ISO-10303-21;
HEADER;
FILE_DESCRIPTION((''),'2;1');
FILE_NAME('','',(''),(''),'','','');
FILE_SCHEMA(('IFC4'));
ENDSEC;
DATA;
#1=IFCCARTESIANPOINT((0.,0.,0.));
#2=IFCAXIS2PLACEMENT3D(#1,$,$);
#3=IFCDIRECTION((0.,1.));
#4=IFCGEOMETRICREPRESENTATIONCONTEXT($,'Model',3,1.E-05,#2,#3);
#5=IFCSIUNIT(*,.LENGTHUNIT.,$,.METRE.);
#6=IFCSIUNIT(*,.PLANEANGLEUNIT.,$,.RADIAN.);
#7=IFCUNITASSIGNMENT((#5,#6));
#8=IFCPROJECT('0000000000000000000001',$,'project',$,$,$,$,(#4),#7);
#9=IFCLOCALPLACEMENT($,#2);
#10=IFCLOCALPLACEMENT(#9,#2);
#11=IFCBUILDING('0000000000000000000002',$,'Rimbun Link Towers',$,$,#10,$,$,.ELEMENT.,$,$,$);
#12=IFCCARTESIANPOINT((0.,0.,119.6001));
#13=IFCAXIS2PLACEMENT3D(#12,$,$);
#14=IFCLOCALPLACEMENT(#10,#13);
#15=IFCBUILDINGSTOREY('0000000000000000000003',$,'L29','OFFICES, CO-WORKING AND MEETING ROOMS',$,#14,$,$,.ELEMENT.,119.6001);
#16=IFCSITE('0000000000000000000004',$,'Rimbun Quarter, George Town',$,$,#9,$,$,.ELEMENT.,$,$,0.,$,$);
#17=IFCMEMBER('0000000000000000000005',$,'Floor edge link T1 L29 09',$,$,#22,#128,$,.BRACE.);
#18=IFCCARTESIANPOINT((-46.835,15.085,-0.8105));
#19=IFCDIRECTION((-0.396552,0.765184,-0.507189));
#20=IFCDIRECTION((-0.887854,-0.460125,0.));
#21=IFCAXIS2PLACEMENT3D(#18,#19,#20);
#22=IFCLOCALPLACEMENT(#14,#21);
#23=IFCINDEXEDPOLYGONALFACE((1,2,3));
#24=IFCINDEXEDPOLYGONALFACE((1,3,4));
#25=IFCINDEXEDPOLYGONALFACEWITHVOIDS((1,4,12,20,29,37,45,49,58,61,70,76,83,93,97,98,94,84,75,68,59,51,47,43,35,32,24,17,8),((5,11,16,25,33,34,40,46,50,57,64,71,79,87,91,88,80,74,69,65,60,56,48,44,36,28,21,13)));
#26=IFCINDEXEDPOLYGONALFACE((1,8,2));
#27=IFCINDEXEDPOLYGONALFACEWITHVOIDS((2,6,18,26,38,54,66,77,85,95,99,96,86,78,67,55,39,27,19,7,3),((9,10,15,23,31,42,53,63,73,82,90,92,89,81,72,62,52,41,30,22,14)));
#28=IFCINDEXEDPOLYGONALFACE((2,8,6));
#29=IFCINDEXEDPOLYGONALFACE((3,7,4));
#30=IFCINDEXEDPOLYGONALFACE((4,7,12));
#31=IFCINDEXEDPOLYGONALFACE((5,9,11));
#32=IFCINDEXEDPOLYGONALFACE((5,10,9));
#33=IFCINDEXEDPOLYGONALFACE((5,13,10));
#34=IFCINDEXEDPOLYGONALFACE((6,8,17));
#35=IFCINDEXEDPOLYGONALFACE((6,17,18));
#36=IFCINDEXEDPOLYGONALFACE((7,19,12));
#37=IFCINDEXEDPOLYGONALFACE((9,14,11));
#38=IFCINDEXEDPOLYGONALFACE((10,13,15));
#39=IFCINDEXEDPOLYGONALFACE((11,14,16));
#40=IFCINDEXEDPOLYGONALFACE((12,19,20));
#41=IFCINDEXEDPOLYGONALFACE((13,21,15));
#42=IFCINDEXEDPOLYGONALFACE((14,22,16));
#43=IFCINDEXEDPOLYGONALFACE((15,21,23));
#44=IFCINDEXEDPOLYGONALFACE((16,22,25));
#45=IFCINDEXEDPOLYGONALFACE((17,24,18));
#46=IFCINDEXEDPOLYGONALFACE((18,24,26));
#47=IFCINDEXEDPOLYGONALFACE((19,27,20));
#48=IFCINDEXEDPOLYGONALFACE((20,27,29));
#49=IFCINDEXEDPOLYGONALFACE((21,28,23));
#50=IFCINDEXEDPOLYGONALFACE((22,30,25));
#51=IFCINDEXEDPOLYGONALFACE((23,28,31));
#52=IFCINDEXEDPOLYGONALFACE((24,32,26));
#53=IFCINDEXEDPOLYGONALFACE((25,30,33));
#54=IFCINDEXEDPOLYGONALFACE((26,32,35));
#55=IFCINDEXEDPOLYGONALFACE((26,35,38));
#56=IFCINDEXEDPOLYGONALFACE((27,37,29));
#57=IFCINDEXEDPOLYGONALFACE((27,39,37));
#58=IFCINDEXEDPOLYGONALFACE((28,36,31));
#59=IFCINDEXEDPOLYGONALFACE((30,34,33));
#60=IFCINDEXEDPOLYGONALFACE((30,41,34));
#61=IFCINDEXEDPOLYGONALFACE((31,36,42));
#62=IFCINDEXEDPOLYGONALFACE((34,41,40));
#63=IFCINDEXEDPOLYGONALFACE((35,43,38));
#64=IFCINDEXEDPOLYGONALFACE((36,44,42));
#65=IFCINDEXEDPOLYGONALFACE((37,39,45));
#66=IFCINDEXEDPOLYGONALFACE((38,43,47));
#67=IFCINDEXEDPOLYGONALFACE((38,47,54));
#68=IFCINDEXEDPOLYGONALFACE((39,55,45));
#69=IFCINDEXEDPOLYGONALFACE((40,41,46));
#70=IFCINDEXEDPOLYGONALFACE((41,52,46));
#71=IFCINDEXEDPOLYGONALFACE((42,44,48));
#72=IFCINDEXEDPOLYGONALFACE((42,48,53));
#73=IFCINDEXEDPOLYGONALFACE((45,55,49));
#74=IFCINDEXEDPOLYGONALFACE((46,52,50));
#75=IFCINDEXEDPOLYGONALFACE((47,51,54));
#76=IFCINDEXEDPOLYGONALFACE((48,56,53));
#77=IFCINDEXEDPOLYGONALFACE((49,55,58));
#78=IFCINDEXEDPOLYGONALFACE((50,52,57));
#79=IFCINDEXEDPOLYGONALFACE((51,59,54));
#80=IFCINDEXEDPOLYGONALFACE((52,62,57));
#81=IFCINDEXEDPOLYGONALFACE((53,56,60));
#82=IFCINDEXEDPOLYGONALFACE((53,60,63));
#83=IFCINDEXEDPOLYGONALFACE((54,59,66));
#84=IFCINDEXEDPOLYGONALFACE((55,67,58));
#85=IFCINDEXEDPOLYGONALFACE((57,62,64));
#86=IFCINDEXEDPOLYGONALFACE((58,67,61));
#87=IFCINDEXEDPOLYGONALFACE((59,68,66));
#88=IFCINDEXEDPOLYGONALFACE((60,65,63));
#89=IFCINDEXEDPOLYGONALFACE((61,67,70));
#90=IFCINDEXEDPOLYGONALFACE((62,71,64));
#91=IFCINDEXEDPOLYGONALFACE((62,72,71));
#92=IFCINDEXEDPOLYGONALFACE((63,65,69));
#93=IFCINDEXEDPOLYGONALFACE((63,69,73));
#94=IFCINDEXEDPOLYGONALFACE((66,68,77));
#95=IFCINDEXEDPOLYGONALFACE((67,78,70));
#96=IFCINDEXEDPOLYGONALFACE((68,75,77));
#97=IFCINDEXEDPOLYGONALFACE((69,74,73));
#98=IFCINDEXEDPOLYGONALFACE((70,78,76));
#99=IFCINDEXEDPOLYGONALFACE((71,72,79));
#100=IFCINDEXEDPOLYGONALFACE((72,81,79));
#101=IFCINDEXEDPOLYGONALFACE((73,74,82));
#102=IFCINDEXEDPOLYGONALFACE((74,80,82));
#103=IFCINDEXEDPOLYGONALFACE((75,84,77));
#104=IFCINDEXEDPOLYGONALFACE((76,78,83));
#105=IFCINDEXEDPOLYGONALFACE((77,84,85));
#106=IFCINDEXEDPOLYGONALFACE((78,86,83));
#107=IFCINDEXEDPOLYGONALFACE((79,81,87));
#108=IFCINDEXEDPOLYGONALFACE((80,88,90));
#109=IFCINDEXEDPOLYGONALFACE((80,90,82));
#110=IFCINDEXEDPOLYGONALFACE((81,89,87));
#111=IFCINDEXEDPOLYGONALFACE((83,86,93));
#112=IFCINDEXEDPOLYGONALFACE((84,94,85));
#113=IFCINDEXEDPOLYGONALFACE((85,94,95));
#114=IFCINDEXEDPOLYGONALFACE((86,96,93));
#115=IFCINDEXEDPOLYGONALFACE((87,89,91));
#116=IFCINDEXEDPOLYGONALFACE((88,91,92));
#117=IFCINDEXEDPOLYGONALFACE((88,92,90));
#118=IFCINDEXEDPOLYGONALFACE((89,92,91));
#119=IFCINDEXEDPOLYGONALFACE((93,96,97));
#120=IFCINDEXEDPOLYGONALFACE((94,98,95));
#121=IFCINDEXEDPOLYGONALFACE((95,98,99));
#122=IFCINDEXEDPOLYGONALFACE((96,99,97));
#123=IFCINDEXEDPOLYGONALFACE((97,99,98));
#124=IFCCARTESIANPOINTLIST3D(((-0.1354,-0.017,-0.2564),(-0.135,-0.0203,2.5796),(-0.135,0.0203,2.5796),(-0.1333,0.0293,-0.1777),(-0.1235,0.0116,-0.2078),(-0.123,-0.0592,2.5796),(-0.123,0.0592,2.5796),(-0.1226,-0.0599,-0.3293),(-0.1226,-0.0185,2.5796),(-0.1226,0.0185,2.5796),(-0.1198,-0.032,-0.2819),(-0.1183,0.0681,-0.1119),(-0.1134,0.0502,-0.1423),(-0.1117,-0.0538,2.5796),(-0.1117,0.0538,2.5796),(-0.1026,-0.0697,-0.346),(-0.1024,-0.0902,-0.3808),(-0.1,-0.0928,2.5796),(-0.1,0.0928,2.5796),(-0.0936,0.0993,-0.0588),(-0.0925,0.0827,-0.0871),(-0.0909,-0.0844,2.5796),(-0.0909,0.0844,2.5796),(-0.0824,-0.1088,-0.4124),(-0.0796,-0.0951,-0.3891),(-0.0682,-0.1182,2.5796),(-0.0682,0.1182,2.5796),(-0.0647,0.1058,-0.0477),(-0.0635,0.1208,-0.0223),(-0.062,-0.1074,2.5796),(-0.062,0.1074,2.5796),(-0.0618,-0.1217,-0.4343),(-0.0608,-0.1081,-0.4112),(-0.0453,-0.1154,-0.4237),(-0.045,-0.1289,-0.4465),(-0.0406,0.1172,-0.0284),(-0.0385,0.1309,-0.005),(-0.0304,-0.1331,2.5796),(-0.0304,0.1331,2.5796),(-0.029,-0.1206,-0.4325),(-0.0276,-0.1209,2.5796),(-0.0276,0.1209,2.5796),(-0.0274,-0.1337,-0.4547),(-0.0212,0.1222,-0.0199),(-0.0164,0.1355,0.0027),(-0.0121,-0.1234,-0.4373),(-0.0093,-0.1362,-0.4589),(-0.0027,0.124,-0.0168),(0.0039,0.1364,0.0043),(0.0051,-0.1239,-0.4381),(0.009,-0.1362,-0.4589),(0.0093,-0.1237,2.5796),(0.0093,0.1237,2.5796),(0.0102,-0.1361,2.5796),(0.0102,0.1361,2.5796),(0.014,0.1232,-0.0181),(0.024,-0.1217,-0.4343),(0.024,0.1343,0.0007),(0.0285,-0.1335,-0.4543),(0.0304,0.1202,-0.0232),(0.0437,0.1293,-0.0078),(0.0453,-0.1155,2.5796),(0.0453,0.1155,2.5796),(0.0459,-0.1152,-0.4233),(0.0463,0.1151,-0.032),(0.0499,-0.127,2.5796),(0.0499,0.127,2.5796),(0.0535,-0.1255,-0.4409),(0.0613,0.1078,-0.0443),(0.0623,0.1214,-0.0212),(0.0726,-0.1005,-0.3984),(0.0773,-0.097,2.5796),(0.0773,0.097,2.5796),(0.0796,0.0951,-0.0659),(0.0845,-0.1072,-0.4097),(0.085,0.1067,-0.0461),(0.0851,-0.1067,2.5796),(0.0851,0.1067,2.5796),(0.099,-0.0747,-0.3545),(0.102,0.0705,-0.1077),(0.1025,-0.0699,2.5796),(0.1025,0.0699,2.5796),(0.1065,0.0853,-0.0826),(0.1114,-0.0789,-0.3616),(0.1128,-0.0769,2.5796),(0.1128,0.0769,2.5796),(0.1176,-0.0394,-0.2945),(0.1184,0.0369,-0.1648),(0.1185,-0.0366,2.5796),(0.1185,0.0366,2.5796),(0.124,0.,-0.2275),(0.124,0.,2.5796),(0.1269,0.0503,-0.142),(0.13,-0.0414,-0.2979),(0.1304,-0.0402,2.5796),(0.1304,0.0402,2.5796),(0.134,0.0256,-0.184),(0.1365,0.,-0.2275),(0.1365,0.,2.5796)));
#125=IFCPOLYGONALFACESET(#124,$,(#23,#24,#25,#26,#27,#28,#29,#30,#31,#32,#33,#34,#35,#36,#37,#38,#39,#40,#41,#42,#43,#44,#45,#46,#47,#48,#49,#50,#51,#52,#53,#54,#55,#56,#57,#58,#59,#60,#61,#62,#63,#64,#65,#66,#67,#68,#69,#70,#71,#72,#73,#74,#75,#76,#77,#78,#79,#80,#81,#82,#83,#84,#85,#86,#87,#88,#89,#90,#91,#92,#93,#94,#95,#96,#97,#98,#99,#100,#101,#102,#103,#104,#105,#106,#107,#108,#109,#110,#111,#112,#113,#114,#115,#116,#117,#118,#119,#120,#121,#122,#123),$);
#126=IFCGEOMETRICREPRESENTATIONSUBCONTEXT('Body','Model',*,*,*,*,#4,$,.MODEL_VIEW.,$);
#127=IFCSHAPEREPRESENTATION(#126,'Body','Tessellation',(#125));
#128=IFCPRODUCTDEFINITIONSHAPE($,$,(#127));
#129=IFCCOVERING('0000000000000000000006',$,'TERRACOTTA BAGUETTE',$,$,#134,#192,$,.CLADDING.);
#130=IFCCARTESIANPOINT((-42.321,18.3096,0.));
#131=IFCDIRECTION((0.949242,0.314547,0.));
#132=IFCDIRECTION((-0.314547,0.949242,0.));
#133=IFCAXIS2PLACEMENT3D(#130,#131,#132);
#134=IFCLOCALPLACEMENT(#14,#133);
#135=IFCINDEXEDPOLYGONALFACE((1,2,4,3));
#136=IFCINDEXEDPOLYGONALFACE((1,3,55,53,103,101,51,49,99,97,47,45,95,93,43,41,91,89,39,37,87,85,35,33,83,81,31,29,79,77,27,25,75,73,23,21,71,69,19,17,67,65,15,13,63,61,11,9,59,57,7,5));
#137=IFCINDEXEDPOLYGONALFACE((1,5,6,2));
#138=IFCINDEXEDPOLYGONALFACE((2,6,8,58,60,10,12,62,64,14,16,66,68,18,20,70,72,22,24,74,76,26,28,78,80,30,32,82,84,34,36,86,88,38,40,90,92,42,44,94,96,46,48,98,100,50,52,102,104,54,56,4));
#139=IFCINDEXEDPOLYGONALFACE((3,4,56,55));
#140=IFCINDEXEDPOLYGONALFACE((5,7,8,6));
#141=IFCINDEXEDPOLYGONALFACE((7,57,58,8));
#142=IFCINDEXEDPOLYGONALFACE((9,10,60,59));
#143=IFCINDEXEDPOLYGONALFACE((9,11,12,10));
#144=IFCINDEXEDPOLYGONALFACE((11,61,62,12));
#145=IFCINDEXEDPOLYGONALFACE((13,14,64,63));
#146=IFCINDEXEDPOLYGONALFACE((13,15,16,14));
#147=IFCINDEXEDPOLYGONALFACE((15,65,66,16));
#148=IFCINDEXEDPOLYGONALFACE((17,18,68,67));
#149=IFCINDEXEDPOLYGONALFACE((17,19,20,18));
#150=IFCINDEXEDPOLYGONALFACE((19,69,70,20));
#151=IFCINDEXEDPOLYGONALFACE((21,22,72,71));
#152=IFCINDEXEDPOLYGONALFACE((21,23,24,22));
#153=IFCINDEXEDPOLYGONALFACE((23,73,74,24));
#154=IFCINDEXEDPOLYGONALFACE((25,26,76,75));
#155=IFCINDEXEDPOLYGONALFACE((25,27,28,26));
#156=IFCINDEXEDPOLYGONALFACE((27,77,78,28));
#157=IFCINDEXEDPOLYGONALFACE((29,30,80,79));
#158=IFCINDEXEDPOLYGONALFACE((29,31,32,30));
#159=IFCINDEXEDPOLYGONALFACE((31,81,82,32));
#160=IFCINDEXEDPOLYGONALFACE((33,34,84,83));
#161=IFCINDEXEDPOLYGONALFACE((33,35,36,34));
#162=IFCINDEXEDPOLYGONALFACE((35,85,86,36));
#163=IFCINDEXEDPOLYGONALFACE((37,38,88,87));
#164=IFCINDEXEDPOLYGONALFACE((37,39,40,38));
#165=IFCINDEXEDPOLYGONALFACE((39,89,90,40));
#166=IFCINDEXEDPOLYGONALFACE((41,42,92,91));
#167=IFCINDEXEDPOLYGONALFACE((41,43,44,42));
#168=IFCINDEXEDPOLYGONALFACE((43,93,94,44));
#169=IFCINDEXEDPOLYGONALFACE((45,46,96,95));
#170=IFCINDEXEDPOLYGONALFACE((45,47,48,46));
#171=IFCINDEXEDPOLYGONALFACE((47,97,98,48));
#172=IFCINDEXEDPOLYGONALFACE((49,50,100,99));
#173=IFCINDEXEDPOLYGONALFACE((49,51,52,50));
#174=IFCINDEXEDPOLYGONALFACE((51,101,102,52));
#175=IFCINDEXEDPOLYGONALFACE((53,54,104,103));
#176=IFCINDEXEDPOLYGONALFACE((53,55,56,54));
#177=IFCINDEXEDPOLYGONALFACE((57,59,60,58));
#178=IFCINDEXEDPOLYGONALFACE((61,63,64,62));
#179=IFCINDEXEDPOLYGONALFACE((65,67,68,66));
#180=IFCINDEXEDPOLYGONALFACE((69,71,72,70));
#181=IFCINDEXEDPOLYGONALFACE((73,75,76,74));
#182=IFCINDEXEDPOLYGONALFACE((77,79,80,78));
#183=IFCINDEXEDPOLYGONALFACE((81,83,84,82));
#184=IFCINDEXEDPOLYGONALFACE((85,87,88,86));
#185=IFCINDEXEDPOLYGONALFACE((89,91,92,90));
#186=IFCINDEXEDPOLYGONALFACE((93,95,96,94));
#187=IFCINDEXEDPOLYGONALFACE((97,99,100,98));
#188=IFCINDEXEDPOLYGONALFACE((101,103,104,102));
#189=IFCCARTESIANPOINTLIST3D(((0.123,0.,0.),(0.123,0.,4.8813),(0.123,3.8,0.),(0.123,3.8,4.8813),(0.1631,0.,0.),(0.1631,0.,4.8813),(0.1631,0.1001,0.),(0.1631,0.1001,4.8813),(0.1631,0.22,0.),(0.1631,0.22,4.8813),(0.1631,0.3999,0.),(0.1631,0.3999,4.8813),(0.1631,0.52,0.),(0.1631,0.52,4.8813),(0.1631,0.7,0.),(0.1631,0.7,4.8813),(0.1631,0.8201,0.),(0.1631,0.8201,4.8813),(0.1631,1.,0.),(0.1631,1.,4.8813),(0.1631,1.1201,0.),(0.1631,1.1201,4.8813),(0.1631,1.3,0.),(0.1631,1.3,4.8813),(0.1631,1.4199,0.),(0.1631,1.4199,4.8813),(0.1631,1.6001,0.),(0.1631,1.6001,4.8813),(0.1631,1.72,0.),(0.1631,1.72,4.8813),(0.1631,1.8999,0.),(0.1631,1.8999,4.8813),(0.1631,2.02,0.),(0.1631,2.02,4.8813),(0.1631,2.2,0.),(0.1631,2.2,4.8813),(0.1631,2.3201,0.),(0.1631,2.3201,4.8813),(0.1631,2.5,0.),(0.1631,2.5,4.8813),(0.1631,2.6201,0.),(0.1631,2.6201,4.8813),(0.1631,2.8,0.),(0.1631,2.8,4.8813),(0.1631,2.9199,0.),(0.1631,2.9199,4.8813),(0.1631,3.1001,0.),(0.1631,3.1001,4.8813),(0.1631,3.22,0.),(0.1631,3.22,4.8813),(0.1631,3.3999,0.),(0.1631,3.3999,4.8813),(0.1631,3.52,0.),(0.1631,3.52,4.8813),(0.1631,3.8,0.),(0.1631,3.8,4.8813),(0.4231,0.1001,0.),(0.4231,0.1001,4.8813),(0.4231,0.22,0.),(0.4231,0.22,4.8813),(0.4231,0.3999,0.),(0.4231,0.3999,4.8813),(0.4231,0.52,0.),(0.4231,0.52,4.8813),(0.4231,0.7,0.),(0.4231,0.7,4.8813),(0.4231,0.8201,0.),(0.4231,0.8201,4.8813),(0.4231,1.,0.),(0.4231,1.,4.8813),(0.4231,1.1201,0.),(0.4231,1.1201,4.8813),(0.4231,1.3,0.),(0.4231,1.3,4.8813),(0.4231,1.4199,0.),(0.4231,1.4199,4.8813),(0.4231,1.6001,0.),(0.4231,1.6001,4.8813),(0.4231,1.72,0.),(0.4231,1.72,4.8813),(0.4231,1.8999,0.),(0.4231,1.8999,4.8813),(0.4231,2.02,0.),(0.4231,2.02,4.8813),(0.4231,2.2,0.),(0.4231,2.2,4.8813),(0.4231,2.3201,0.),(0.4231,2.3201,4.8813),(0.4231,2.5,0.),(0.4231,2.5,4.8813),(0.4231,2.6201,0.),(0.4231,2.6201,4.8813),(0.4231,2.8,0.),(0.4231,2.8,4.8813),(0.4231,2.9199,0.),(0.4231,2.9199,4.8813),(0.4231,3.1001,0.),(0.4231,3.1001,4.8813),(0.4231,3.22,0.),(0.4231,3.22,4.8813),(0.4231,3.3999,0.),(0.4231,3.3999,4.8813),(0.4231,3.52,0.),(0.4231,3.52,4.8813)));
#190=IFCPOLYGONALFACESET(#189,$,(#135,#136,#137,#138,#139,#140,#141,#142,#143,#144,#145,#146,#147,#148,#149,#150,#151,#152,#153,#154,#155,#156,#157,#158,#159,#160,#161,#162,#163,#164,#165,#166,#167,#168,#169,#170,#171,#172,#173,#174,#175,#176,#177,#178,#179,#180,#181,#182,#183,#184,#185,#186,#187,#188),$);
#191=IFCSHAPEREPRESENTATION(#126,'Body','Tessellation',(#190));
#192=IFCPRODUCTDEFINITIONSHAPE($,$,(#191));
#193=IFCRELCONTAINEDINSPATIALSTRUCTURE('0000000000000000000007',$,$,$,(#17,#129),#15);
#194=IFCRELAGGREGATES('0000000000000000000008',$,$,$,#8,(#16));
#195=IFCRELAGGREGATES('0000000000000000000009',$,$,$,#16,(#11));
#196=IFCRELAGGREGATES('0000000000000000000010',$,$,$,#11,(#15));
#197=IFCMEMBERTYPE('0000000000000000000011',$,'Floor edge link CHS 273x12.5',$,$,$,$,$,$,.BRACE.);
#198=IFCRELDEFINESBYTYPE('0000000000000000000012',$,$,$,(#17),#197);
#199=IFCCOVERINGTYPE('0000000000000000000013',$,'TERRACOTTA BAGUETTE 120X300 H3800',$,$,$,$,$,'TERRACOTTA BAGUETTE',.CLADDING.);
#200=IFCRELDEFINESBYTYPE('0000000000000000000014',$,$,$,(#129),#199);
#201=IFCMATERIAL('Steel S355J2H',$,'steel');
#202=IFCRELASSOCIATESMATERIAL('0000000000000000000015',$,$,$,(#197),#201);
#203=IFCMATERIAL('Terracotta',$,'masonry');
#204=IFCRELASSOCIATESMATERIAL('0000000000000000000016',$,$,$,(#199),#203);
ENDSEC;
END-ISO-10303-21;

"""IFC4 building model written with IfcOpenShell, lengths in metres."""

from ifc_helpers import new_model, si_unit, direction, frame, origin, origin_2d, place, context, subcontext, project, spatial, polyline, hollow_circle, outline, extrude, clip, halfspace, material, material_profile, profile_set, type_object, element, save


model = new_model("IFC4")

# Units and contexts
model_context = context("Model", 3, precision=1e-05, world=origin(), true_north=direction((0.0, 1.0)))
body_context = subcontext(model_context, "Body", "Model", "MODEL_VIEW")
ifc_project = project(units=[si_unit("LENGTHUNIT", "METRE"), si_unit("PLANEANGLEUNIT", "RADIAN")], contexts=[model_context])

# Site, building, storey
site_placement = place(None, origin())
site = spatial("IfcSite", under=ifc_project, at=site_placement, Name="Rimbun Quarter, George Town", CompositionType="ELEMENT", RefElevation=0.0)
building_placement = place(site_placement, origin())
building = spatial("IfcBuilding", under=site, at=building_placement, Name="Rimbun Link Towers", CompositionType="ELEMENT")
storey_placement = place(building_placement, frame((0.0, 0.0, 119.6001)))
storey = spatial("IfcBuildingStorey", under=building, at=storey_placement, Name="L29", Description="OFFICES, CO-WORKING AND MEETING ROOMS", CompositionType="ELEMENT", Elevation=119.6001)

# Member
ifc_material_1 = material(Name="Steel S355J2H", Category="steel")
ifc_material_profile_1 = material_profile(ifc_material_1, hollow_circle(Radius=0.1365, WallThickness=0.0125, at=origin_2d()), Name="CHS 273x12.5")
ifc_profile_set_1 = profile_set([ifc_material_profile_1], Name="Steel S355J2H")
member_type_1 = type_object("IfcMemberType", Name="Floor edge link CHS 273x12.5", PredefinedType="BRACE", material=ifc_profile_set_1)
member_1_placement = place(storey_placement, frame((-46.835, 15.085, -0.8105), z_axis=(-0.396552, 0.765184, -0.507189), x_axis=(-0.887854, -0.460125, 0.0)))
element("IfcMember", 1, at=member_1_placement, inside=storey, type_object=member_type_1, Name="Floor edge link T1 L29 09", PredefinedType="BRACE", context=body_context, shape_type="Clipping", body=[
    clip(extrude(hollow_circle(Radius=0.1365, WallThickness=0.0125, at=origin_2d()), frame((0.0, 0.0, -0.4836)), (0.0, 0.0, 1.0), 3.0632), halfspace(frame((0.0, 0.0, -0.2275), z_axis=(0.0, 0.861835, -0.507189)), False)),
])

# Covering
ifc_material_2 = material(Name="Terracotta", Category="masonry")
ifc_material_profile_2 = material_profile(ifc_material_2, outline(polyline([(0.123, 0.0), (0.1631, 0.0), (0.1631, 0.1001), (0.4231, 0.1001), (0.4231, 0.22), (0.1631, 0.22), (0.1631, 0.3999), (0.4231, 0.3999), (0.4231, 0.52), (0.1631, 0.52), (0.1631, 0.7), (0.4231, 0.7), (0.4231, 0.8201), (0.1631, 0.8201), (0.1631, 1.0), (0.4231, 1.0), (0.4231, 1.1201), (0.1631, 1.1201), (0.1631, 1.3), (0.4231, 1.3), (0.4231, 1.4199), (0.1631, 1.4199), (0.1631, 1.6001), (0.4231, 1.6001), (0.4231, 1.72), (0.1631, 1.72), (0.1631, 1.8999), (0.4231, 1.8999), (0.4231, 2.02), (0.1631, 2.02), (0.1631, 2.2), (0.4231, 2.2), (0.4231, 2.3201), (0.1631, 2.3201), (0.1631, 2.5), (0.4231, 2.5), (0.4231, 2.6201), (0.1631, 2.6201), (0.1631, 2.8), (0.4231, 2.8), (0.4231, 2.9199), (0.1631, 2.9199), (0.1631, 3.1001), (0.4231, 3.1001), (0.4231, 3.22), (0.1631, 3.22), (0.1631, 3.3999), (0.4231, 3.3999), (0.4231, 3.52), (0.1631, 3.52), (0.1631, 3.8), (0.123, 3.8), (0.123, 0.0)])), Name="BAGUETTE 120X300")
ifc_profile_set_2 = profile_set([ifc_material_profile_2], Name="Terracotta")
covering_type = type_object("IfcCoveringType", Name="TERRACOTTA BAGUETTE 120X300 H3800", ElementType="TERRACOTTA BAGUETTE", PredefinedType="CLADDING", material=ifc_profile_set_2)
covering_1_placement = place(storey_placement, frame((-42.321, 18.3096, 0.0), z_axis=(0.949242, 0.314547, 0.0), x_axis=(-0.314547, 0.949242, 0.0)))
element("IfcCovering", 2, at=covering_1_placement, inside=storey, type_object=covering_type, Name="TERRACOTTA BAGUETTE", PredefinedType="CLADDING", context=body_context, shape_type="SweptSolid", body=[
    extrude(outline(polyline([(0.123, 0.0), (0.1631, 0.0), (0.1631, 0.1001), (0.4231, 0.1001), (0.4231, 0.22), (0.1631, 0.22), (0.1631, 0.3999), (0.4231, 0.3999), (0.4231, 0.52), (0.1631, 0.52), (0.1631, 0.7), (0.4231, 0.7), (0.4231, 0.8201), (0.1631, 0.8201), (0.1631, 1.0), (0.4231, 1.0), (0.4231, 1.1201), (0.1631, 1.1201), (0.1631, 1.3), (0.4231, 1.3), (0.4231, 1.4199), (0.1631, 1.4199), (0.1631, 1.6001), (0.4231, 1.6001), (0.4231, 1.72), (0.1631, 1.72), (0.1631, 1.8999), (0.4231, 1.8999), (0.4231, 2.02), (0.1631, 2.02), (0.1631, 2.2), (0.4231, 2.2), (0.4231, 2.3201), (0.1631, 2.3201), (0.1631, 2.5), (0.4231, 2.5), (0.4231, 2.6201), (0.1631, 2.6201), (0.1631, 2.8), (0.4231, 2.8), (0.4231, 2.9199), (0.1631, 2.9199), (0.1631, 3.1001), (0.4231, 3.1001), (0.4231, 3.22), (0.1631, 3.22), (0.1631, 3.3999), (0.4231, 3.3999), (0.4231, 3.52), (0.1631, 3.52), (0.1631, 3.8), (0.123, 3.8), (0.123, 0.0)])), origin(), (0.0, 0.0, 1.0), 4.8813),
])

save(model, "model.ifc")
